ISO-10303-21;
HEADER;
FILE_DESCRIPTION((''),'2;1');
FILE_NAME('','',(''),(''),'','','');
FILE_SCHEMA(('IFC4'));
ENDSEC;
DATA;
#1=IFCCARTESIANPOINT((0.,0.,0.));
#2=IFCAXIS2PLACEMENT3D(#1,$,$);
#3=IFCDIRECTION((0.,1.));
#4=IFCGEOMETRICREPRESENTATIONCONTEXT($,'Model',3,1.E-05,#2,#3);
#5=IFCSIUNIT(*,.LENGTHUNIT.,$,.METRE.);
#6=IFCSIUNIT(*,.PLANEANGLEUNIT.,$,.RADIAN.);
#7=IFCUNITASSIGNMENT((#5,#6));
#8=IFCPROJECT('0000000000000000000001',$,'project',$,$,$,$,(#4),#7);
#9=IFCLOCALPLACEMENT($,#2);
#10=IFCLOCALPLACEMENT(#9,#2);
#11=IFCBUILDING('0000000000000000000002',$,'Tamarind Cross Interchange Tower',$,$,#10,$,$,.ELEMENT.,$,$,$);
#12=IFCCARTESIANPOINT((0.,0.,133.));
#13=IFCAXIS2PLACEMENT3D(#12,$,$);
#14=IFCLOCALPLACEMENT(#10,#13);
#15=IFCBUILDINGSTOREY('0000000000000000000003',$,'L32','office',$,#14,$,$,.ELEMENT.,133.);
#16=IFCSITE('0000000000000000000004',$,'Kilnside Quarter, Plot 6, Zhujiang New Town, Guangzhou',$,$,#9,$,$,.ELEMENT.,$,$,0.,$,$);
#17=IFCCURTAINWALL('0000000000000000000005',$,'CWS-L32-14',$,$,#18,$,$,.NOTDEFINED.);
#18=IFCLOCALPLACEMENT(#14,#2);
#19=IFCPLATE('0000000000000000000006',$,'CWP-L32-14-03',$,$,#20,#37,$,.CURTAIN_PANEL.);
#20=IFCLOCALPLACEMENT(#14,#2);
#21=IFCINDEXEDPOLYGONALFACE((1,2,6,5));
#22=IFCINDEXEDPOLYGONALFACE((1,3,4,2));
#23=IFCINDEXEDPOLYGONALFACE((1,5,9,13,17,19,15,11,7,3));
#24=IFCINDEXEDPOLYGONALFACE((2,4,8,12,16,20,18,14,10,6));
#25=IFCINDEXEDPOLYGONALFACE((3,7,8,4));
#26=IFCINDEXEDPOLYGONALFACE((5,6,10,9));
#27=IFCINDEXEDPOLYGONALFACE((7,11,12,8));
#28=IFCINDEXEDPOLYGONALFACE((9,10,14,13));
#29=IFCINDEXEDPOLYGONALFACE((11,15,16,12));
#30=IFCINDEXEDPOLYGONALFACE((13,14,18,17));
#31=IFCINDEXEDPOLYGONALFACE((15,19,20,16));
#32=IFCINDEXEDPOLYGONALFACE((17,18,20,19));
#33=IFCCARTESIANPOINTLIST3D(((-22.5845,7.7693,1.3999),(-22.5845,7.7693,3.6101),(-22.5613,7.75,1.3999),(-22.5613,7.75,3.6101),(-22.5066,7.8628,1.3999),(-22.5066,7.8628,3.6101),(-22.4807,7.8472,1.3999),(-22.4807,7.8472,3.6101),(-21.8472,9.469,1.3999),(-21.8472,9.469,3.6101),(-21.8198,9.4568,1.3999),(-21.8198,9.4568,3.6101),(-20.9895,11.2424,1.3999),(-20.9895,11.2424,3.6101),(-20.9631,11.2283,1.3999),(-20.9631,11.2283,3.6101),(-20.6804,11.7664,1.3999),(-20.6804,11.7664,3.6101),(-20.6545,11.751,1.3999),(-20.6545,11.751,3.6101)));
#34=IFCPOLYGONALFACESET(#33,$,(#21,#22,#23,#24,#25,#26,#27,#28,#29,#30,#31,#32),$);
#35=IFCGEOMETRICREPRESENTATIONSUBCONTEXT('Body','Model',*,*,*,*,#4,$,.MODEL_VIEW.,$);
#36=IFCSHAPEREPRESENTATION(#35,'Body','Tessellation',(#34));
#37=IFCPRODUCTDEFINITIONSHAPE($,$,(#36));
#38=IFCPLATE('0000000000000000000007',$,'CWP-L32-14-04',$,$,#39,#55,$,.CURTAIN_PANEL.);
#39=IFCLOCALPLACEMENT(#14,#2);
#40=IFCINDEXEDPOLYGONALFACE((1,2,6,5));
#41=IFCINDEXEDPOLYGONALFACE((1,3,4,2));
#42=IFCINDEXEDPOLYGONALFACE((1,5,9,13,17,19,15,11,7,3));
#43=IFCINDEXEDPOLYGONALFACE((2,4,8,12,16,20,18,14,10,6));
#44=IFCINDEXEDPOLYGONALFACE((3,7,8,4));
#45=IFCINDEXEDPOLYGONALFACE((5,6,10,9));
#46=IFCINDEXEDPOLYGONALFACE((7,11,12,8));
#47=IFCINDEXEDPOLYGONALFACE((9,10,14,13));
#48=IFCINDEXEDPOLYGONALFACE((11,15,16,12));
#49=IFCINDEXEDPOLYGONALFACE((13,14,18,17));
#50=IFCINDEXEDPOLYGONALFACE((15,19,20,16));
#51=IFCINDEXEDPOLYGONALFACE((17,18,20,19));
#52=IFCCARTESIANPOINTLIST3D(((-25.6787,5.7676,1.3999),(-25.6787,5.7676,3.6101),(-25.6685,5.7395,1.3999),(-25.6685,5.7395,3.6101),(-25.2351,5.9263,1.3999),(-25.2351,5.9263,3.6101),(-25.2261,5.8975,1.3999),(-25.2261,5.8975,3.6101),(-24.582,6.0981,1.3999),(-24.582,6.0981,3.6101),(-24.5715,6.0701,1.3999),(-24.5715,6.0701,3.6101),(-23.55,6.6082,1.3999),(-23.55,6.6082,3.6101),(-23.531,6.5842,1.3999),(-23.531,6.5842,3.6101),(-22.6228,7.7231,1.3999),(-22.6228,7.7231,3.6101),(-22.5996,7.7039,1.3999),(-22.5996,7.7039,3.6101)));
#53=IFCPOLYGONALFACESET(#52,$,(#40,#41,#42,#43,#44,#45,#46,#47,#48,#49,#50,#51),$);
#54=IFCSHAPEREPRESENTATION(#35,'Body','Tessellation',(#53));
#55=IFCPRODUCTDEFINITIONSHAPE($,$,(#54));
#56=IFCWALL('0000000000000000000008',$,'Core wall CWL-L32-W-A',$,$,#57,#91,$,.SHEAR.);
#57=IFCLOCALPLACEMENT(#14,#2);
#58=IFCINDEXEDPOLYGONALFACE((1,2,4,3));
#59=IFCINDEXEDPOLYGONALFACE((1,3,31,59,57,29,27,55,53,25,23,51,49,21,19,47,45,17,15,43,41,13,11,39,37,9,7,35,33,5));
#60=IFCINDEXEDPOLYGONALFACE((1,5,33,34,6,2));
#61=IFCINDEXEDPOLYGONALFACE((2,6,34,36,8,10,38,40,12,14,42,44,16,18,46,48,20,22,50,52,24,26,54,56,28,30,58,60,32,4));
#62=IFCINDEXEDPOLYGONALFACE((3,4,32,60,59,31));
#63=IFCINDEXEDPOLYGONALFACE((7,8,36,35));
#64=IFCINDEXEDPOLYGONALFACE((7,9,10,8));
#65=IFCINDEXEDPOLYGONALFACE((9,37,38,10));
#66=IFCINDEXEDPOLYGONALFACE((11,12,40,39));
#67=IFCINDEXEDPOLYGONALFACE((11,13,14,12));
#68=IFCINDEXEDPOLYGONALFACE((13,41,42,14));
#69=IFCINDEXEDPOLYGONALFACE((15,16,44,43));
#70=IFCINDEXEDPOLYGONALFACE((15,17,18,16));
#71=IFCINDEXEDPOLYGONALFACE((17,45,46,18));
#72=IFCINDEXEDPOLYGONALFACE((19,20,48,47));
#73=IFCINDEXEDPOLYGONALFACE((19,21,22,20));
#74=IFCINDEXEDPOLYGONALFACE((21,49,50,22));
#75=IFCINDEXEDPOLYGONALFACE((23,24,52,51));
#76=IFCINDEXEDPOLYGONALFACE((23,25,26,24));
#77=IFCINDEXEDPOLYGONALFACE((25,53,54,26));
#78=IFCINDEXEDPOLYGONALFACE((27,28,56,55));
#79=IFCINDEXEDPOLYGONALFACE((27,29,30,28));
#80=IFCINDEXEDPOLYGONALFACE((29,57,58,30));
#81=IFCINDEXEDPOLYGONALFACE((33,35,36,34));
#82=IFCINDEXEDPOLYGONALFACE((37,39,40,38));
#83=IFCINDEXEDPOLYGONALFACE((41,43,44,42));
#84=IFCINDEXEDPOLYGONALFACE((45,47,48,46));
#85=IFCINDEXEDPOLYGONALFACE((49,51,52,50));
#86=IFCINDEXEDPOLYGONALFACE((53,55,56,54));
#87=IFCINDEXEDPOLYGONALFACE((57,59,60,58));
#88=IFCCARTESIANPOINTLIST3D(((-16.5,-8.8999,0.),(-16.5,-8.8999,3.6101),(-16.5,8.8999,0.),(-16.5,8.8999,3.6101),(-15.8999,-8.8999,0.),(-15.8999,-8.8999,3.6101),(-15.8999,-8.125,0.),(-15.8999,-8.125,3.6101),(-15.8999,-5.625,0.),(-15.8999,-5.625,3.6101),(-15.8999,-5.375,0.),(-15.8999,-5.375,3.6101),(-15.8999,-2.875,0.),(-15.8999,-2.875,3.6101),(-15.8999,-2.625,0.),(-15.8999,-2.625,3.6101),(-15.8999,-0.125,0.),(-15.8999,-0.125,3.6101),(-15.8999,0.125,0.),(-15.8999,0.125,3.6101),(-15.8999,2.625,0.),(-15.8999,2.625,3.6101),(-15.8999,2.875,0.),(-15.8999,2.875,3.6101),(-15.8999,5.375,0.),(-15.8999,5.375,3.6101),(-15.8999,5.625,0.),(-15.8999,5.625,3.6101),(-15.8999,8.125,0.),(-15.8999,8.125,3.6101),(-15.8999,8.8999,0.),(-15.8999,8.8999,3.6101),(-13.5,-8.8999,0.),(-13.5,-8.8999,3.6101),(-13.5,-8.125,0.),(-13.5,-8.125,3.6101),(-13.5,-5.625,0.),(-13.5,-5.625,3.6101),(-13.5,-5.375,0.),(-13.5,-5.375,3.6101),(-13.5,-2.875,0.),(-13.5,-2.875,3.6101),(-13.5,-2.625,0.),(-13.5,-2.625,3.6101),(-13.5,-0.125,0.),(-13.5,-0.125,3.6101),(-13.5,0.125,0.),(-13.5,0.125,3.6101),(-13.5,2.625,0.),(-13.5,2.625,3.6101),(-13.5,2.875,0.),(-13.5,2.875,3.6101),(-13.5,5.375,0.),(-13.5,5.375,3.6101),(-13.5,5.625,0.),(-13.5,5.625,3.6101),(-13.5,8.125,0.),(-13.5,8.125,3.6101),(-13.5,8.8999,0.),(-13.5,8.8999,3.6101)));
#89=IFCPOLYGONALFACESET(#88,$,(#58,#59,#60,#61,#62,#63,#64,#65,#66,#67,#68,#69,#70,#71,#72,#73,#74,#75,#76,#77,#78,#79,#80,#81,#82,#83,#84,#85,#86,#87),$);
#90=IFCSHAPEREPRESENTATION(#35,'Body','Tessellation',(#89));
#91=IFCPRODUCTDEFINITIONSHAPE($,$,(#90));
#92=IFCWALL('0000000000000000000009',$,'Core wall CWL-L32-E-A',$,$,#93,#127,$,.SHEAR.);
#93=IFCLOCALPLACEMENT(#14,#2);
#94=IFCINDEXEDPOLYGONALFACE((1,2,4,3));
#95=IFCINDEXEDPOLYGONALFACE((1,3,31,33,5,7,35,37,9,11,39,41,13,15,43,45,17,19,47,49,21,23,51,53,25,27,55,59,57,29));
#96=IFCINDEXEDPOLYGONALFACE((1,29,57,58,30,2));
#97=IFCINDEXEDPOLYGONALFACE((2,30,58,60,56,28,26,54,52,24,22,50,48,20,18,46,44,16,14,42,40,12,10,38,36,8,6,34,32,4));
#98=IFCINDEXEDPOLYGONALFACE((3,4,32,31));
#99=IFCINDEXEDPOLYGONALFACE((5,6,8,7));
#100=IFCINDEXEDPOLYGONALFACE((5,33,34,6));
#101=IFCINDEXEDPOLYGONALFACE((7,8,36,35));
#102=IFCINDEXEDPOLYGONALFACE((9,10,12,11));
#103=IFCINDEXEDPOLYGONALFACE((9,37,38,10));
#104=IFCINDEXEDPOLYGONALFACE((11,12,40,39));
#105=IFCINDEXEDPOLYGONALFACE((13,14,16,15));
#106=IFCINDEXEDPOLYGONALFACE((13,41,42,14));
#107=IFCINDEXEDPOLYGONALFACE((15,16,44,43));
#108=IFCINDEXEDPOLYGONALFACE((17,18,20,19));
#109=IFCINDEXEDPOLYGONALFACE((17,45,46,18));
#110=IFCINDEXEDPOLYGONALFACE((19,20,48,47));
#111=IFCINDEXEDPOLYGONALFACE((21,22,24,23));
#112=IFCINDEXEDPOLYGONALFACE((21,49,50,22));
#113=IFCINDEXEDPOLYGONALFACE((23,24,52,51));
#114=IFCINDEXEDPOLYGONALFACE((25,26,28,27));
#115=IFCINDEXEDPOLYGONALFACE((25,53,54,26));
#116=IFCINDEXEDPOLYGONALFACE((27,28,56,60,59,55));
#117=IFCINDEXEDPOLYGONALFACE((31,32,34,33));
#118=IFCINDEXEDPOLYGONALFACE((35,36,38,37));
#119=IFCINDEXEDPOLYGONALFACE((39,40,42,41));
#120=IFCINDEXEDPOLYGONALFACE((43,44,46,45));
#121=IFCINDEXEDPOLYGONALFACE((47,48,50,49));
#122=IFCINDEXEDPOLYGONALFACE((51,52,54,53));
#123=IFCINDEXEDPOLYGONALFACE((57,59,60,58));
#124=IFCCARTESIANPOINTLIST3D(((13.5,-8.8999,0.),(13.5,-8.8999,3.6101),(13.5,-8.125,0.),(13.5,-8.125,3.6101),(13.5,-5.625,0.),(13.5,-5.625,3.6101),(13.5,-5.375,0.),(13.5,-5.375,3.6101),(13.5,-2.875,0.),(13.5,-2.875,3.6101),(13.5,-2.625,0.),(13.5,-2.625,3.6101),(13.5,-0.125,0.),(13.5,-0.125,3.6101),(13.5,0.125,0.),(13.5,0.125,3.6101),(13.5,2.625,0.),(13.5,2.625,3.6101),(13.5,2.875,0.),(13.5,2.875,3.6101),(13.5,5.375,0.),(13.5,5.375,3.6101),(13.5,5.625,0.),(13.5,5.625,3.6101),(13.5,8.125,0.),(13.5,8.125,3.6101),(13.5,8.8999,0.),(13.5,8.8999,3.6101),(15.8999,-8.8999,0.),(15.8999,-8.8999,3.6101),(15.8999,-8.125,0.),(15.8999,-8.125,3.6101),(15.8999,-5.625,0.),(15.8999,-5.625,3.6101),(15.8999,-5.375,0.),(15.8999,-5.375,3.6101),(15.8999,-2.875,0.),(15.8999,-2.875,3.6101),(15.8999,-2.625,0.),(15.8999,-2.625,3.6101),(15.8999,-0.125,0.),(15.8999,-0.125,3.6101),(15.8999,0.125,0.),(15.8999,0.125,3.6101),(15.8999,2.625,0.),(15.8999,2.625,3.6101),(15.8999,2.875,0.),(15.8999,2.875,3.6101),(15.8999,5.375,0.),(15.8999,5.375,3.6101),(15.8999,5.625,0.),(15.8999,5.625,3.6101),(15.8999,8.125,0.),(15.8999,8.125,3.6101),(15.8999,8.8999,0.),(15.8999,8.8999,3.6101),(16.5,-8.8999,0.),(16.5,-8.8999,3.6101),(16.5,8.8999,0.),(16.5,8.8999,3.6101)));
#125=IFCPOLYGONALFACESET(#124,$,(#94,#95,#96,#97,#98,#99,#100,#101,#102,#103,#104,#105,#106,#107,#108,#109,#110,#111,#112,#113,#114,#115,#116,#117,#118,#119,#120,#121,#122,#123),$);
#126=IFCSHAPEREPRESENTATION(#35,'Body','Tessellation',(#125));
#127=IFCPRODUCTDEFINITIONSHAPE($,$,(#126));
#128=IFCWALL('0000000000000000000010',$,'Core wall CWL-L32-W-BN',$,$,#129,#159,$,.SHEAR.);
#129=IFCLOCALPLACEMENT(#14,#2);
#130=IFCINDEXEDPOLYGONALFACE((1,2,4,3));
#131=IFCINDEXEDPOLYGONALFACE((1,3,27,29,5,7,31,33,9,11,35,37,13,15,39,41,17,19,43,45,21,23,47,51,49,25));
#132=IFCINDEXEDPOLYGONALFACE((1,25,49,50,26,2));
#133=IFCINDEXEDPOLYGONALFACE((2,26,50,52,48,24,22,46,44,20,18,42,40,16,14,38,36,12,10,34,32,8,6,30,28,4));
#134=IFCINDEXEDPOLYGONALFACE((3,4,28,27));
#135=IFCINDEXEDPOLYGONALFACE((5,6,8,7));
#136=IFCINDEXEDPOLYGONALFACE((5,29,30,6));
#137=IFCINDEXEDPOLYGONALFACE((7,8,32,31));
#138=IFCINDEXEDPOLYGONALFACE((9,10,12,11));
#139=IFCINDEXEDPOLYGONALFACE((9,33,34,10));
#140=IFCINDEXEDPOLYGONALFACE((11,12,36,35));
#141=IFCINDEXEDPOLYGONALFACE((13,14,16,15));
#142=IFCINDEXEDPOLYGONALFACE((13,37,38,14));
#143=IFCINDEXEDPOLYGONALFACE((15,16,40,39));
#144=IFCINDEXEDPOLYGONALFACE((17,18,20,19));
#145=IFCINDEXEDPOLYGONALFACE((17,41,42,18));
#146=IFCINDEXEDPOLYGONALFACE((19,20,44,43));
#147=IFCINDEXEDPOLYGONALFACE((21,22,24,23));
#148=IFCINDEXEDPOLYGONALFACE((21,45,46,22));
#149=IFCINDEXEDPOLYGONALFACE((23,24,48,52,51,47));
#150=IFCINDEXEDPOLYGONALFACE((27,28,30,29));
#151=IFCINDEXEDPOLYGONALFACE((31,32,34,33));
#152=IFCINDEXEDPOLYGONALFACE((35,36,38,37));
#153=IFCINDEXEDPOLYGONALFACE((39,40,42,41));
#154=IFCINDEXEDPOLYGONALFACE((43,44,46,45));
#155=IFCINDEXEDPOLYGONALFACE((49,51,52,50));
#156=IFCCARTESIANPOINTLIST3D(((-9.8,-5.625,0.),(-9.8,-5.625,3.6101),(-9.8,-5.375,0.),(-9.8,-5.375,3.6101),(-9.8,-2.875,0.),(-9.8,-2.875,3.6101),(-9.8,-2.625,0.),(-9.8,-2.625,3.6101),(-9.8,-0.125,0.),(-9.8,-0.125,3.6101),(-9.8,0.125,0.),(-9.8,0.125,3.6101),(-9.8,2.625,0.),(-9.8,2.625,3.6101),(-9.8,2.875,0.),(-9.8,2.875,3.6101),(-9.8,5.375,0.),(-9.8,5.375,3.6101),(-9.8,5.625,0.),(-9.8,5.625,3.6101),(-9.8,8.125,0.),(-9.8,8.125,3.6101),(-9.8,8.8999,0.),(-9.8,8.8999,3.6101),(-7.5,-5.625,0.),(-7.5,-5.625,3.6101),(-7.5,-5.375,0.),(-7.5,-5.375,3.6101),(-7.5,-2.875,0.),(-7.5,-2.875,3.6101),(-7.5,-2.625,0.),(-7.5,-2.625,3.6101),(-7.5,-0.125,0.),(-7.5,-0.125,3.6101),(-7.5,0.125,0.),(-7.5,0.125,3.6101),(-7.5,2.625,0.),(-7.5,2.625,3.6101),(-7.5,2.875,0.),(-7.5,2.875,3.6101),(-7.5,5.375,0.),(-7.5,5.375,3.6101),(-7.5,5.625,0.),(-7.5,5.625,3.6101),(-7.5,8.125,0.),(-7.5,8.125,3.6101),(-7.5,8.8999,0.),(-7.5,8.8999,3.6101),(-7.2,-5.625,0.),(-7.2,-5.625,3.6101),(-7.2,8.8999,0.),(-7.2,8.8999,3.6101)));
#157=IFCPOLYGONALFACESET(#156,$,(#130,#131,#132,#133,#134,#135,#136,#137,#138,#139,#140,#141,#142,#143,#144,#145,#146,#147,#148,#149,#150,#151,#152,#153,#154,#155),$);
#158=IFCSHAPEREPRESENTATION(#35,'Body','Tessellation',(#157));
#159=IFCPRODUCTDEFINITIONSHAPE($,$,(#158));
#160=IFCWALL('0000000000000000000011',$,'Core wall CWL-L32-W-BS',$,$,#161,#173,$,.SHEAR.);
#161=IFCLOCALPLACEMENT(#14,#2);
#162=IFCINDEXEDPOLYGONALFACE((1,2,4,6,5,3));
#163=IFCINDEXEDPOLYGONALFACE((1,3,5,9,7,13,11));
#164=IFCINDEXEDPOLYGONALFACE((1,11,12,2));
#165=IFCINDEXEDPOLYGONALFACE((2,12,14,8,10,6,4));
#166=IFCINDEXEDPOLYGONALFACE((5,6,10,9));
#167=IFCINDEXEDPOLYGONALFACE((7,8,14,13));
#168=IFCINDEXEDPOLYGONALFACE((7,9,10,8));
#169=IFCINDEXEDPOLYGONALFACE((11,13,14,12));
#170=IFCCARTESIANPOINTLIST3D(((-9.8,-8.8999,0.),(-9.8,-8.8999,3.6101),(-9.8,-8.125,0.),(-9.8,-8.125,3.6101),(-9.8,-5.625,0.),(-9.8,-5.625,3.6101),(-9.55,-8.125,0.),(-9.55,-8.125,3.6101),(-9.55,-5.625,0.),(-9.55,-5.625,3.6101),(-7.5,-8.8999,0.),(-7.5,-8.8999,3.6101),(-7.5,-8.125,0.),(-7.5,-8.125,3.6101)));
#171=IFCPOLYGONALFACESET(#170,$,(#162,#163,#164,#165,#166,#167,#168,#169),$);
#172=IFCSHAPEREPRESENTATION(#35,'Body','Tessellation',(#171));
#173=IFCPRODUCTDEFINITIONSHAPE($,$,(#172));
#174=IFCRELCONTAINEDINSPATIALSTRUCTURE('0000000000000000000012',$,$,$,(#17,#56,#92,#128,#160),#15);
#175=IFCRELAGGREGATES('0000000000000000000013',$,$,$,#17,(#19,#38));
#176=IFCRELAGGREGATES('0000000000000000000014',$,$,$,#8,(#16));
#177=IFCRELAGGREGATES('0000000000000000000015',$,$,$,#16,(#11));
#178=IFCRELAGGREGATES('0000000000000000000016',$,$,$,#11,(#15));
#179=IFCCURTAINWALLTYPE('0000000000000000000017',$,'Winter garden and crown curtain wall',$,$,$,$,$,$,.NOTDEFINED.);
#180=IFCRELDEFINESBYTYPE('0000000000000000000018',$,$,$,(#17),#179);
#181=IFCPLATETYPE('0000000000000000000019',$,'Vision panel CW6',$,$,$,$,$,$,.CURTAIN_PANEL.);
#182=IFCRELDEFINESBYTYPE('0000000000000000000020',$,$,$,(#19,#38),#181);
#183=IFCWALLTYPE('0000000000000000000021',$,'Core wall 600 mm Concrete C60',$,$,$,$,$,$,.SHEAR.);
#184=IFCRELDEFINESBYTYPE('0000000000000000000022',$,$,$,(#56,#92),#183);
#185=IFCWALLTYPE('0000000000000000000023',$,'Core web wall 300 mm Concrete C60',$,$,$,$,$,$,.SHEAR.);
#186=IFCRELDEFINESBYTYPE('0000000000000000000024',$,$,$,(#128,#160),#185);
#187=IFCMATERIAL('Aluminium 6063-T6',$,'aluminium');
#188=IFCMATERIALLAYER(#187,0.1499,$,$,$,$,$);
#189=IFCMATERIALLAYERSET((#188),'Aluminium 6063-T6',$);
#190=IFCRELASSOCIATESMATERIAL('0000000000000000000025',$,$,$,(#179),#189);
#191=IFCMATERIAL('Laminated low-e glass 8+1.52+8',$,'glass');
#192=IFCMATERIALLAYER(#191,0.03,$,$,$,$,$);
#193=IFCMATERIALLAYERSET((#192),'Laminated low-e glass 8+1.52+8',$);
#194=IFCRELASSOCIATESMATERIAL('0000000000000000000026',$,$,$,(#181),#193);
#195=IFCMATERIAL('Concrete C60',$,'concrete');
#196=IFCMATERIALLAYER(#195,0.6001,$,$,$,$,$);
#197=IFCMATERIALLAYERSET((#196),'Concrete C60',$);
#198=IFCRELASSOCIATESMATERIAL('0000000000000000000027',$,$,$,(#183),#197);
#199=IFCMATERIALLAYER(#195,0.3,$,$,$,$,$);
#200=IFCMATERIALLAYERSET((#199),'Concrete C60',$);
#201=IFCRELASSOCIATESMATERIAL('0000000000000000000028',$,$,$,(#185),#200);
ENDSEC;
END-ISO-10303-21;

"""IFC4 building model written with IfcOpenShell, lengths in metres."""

from ifc_helpers import new_model, si_unit, direction, frame, origin, place, context, subcontext, project, spatial, polyline, outline, extrude, material, layer, layer_set, type_object, element, aggregate, save


model = new_model("IFC4")

# Units and contexts
model_context = context("Model", 3, precision=1e-05, world=origin(), true_north=direction((0.0, 1.0)))
body_context = subcontext(model_context, "Body", "Model", "MODEL_VIEW")
ifc_project = project(units=[si_unit("LENGTHUNIT", "METRE"), si_unit("PLANEANGLEUNIT", "RADIAN")], contexts=[model_context])

# Site, building, storey
site_placement = place(None, origin())
site = spatial("IfcSite", under=ifc_project, at=site_placement, Name="Kilnside Quarter, Plot 6, Zhujiang New Town, Guangzhou", CompositionType="ELEMENT", RefElevation=0.0)
building_placement = place(site_placement, origin())
building = spatial("IfcBuilding", under=site, at=building_placement, Name="Tamarind Cross Interchange Tower", CompositionType="ELEMENT")
storey_placement = place(building_placement, frame((0.0, 0.0, 133.0)))
storey = spatial("IfcBuildingStorey", under=building, at=storey_placement, Name="L32", Description="office", CompositionType="ELEMENT", Elevation=133.0)

# Curtain wall
ifc_material_1 = material(Name="Aluminium 6063-T6", Category="aluminium")
ifc_layer_1 = layer(ifc_material_1, 0.1499)
ifc_layer_set_1 = layer_set([ifc_layer_1], Name="Aluminium 6063-T6")
curtain_wall_type_1 = type_object("IfcCurtainWallType", Name="Winter garden and crown curtain wall", PredefinedType="NOTDEFINED", material=ifc_layer_set_1)
curtain_wall_1_placement = place(storey_placement, origin())
curtain_wall_1 = element("IfcCurtainWall", 1, at=curtain_wall_1_placement, inside=storey, type_object=curtain_wall_type_1, Name="CWS-L32-14", PredefinedType="NOTDEFINED")

# Plates
ifc_material_2 = material(Name="Laminated low-e glass 8+1.52+8", Category="glass")
ifc_layer_2 = layer(ifc_material_2, 0.03)
ifc_layer_set_2 = layer_set([ifc_layer_2], Name="Laminated low-e glass 8+1.52+8")
plate_type_1 = type_object("IfcPlateType", Name="Vision panel CW6", PredefinedType="CURTAIN_PANEL", material=ifc_layer_set_2)
plate_1_placement = place(storey_placement, frame((0.0, 0.0, 1.3999)))
plate_1 = element("IfcPlate", 2, at=plate_1_placement, type_object=plate_type_1, Name="CWP-L32-14-03", PredefinedType="CURTAIN_PANEL", context=body_context, shape_type="SweptSolid", body=[
    extrude(outline(polyline([(-20.6545, 11.751), (-20.9631, 11.2283), (-21.8198, 9.4568), (-22.4807, 7.8472), (-22.5613, 7.75), (-22.5845, 7.7693), (-22.5066, 7.8628), (-21.8472, 9.469), (-20.9895, 11.2424), (-20.6804, 11.7664), (-20.6545, 11.751)])), origin(), (0.0, 0.0, 1.0), 2.2102),
])
plate_2_placement = place(storey_placement, frame((0.0, 0.0, 1.3999)))
plate_2 = element("IfcPlate", 3, at=plate_2_placement, type_object=plate_type_1, Name="CWP-L32-14-04", PredefinedType="CURTAIN_PANEL", context=body_context, shape_type="SweptSolid", body=[
    extrude(outline(polyline([(-22.5996, 7.7039), (-23.531, 6.5842), (-24.5715, 6.0701), (-25.2261, 5.8975), (-25.6685, 5.7395), (-25.6787, 5.7676), (-25.2351, 5.9263), (-24.582, 6.0981), (-23.55, 6.6082), (-22.6228, 7.7231), (-22.5996, 7.7039)])), origin(), (0.0, 0.0, 1.0), 2.2102),
])
aggregate(curtain_wall_1, [plate_1, plate_2])

# Walls
ifc_material_3 = material(Name="Concrete C60", Category="concrete")
ifc_layer_3 = layer(ifc_material_3, 0.6001)
ifc_layer_set_3 = layer_set([ifc_layer_3], Name="Concrete C60")
wall_type_1 = type_object("IfcWallType", Name="Core wall 600 mm Concrete C60", PredefinedType="SHEAR", material=ifc_layer_set_3)
wall_1_placement = place(storey_placement, origin())
element("IfcWall", 4, at=wall_1_placement, inside=storey, type_object=wall_type_1, Name="Core wall CWL-L32-W-A", PredefinedType="SHEAR", context=body_context, shape_type="SweptSolid", body=[
    extrude(outline(polyline([(-13.5, -8.8999), (-13.5, -8.125), (-15.8999, -8.125), (-15.8999, -5.625), (-13.5, -5.625), (-13.5, -5.375), (-15.8999, -5.375), (-15.8999, -2.875), (-13.5, -2.875), (-13.5, -2.625), (-15.8999, -2.625), (-15.8999, -0.125), (-13.5, -0.125), (-13.5, 0.125), (-15.8999, 0.125), (-15.8999, 2.625), (-13.5, 2.625), (-13.5, 2.875), (-15.8999, 2.875), (-15.8999, 5.375), (-13.5, 5.375), (-13.5, 5.625), (-15.8999, 5.625), (-15.8999, 8.125), (-13.5, 8.125), (-13.5, 8.8999), (-15.8999, 8.8999), (-16.5, 8.8999), (-16.5, -8.8999), (-15.8999, -8.8999), (-13.5, -8.8999)])), origin(), (0.0, 0.0, 1.0), 3.6101),
])
wall_2_placement = place(storey_placement, origin())
element("IfcWall", 5, at=wall_2_placement, inside=storey, type_object=wall_type_1, Name="Core wall CWL-L32-E-A", PredefinedType="SHEAR", context=body_context, shape_type="SweptSolid", body=[
    extrude(outline(polyline([(13.5, -8.8999), (15.8999, -8.8999), (16.5, -8.8999), (16.5, 8.8999), (15.8999, 8.8999), (13.5, 8.8999), (13.5, 8.125), (15.8999, 8.125), (15.8999, 5.625), (13.5, 5.625), (13.5, 5.375), (15.8999, 5.375), (15.8999, 2.875), (13.5, 2.875), (13.5, 2.625), (15.8999, 2.625), (15.8999, 0.125), (13.5, 0.125), (13.5, -0.125), (15.8999, -0.125), (15.8999, -2.625), (13.5, -2.625), (13.5, -2.875), (15.8999, -2.875), (15.8999, -5.375), (13.5, -5.375), (13.5, -5.625), (15.8999, -5.625), (15.8999, -8.125), (13.5, -8.125), (13.5, -8.8999)])), origin(), (0.0, 0.0, 1.0), 3.6101),
])
ifc_layer_4 = layer(ifc_material_3, 0.3)
ifc_layer_set_4 = layer_set([ifc_layer_4], Name="Concrete C60")
wall_type_2 = type_object("IfcWallType", Name="Core web wall 300 mm Concrete C60", PredefinedType="SHEAR", material=ifc_layer_set_4)
wall_3_placement = place(storey_placement, origin())
element("IfcWall", 6, at=wall_3_placement, inside=storey, type_object=wall_type_2, Name="Core wall CWL-L32-W-BN", PredefinedType="SHEAR", context=body_context, shape_type="SweptSolid", body=[
    extrude(outline(polyline([(-9.8, -5.375), (-9.8, -5.625), (-7.5, -5.625), (-7.2, -5.625), (-7.2, 8.8999), (-7.5, 8.8999), (-9.8, 8.8999), (-9.8, 8.125), (-7.5, 8.125), (-7.5, 5.625), (-9.8, 5.625), (-9.8, 5.375), (-7.5, 5.375), (-7.5, 2.875), (-9.8, 2.875), (-9.8, 2.625), (-7.5, 2.625), (-7.5, 0.125), (-9.8, 0.125), (-9.8, -0.125), (-7.5, -0.125), (-7.5, -2.625), (-9.8, -2.625), (-9.8, -2.875), (-7.5, -2.875), (-7.5, -5.375), (-9.8, -5.375)])), origin(), (0.0, 0.0, 1.0), 3.6101),
])
wall_4_placement = place(storey_placement, origin())
element("IfcWall", 7, at=wall_4_placement, inside=storey, type_object=wall_type_2, Name="Core wall CWL-L32-W-BS", PredefinedType="SHEAR", context=body_context, shape_type="SweptSolid", body=[
    extrude(outline(polyline([(-7.5, -8.125), (-9.55, -8.125), (-9.55, -5.625), (-9.8, -5.625), (-9.8, -8.125), (-9.8, -8.8999), (-7.5, -8.8999), (-7.5, -8.125)])), origin(), (0.0, 0.0, 1.0), 3.6101),
])

save(model, "model.ifc")
